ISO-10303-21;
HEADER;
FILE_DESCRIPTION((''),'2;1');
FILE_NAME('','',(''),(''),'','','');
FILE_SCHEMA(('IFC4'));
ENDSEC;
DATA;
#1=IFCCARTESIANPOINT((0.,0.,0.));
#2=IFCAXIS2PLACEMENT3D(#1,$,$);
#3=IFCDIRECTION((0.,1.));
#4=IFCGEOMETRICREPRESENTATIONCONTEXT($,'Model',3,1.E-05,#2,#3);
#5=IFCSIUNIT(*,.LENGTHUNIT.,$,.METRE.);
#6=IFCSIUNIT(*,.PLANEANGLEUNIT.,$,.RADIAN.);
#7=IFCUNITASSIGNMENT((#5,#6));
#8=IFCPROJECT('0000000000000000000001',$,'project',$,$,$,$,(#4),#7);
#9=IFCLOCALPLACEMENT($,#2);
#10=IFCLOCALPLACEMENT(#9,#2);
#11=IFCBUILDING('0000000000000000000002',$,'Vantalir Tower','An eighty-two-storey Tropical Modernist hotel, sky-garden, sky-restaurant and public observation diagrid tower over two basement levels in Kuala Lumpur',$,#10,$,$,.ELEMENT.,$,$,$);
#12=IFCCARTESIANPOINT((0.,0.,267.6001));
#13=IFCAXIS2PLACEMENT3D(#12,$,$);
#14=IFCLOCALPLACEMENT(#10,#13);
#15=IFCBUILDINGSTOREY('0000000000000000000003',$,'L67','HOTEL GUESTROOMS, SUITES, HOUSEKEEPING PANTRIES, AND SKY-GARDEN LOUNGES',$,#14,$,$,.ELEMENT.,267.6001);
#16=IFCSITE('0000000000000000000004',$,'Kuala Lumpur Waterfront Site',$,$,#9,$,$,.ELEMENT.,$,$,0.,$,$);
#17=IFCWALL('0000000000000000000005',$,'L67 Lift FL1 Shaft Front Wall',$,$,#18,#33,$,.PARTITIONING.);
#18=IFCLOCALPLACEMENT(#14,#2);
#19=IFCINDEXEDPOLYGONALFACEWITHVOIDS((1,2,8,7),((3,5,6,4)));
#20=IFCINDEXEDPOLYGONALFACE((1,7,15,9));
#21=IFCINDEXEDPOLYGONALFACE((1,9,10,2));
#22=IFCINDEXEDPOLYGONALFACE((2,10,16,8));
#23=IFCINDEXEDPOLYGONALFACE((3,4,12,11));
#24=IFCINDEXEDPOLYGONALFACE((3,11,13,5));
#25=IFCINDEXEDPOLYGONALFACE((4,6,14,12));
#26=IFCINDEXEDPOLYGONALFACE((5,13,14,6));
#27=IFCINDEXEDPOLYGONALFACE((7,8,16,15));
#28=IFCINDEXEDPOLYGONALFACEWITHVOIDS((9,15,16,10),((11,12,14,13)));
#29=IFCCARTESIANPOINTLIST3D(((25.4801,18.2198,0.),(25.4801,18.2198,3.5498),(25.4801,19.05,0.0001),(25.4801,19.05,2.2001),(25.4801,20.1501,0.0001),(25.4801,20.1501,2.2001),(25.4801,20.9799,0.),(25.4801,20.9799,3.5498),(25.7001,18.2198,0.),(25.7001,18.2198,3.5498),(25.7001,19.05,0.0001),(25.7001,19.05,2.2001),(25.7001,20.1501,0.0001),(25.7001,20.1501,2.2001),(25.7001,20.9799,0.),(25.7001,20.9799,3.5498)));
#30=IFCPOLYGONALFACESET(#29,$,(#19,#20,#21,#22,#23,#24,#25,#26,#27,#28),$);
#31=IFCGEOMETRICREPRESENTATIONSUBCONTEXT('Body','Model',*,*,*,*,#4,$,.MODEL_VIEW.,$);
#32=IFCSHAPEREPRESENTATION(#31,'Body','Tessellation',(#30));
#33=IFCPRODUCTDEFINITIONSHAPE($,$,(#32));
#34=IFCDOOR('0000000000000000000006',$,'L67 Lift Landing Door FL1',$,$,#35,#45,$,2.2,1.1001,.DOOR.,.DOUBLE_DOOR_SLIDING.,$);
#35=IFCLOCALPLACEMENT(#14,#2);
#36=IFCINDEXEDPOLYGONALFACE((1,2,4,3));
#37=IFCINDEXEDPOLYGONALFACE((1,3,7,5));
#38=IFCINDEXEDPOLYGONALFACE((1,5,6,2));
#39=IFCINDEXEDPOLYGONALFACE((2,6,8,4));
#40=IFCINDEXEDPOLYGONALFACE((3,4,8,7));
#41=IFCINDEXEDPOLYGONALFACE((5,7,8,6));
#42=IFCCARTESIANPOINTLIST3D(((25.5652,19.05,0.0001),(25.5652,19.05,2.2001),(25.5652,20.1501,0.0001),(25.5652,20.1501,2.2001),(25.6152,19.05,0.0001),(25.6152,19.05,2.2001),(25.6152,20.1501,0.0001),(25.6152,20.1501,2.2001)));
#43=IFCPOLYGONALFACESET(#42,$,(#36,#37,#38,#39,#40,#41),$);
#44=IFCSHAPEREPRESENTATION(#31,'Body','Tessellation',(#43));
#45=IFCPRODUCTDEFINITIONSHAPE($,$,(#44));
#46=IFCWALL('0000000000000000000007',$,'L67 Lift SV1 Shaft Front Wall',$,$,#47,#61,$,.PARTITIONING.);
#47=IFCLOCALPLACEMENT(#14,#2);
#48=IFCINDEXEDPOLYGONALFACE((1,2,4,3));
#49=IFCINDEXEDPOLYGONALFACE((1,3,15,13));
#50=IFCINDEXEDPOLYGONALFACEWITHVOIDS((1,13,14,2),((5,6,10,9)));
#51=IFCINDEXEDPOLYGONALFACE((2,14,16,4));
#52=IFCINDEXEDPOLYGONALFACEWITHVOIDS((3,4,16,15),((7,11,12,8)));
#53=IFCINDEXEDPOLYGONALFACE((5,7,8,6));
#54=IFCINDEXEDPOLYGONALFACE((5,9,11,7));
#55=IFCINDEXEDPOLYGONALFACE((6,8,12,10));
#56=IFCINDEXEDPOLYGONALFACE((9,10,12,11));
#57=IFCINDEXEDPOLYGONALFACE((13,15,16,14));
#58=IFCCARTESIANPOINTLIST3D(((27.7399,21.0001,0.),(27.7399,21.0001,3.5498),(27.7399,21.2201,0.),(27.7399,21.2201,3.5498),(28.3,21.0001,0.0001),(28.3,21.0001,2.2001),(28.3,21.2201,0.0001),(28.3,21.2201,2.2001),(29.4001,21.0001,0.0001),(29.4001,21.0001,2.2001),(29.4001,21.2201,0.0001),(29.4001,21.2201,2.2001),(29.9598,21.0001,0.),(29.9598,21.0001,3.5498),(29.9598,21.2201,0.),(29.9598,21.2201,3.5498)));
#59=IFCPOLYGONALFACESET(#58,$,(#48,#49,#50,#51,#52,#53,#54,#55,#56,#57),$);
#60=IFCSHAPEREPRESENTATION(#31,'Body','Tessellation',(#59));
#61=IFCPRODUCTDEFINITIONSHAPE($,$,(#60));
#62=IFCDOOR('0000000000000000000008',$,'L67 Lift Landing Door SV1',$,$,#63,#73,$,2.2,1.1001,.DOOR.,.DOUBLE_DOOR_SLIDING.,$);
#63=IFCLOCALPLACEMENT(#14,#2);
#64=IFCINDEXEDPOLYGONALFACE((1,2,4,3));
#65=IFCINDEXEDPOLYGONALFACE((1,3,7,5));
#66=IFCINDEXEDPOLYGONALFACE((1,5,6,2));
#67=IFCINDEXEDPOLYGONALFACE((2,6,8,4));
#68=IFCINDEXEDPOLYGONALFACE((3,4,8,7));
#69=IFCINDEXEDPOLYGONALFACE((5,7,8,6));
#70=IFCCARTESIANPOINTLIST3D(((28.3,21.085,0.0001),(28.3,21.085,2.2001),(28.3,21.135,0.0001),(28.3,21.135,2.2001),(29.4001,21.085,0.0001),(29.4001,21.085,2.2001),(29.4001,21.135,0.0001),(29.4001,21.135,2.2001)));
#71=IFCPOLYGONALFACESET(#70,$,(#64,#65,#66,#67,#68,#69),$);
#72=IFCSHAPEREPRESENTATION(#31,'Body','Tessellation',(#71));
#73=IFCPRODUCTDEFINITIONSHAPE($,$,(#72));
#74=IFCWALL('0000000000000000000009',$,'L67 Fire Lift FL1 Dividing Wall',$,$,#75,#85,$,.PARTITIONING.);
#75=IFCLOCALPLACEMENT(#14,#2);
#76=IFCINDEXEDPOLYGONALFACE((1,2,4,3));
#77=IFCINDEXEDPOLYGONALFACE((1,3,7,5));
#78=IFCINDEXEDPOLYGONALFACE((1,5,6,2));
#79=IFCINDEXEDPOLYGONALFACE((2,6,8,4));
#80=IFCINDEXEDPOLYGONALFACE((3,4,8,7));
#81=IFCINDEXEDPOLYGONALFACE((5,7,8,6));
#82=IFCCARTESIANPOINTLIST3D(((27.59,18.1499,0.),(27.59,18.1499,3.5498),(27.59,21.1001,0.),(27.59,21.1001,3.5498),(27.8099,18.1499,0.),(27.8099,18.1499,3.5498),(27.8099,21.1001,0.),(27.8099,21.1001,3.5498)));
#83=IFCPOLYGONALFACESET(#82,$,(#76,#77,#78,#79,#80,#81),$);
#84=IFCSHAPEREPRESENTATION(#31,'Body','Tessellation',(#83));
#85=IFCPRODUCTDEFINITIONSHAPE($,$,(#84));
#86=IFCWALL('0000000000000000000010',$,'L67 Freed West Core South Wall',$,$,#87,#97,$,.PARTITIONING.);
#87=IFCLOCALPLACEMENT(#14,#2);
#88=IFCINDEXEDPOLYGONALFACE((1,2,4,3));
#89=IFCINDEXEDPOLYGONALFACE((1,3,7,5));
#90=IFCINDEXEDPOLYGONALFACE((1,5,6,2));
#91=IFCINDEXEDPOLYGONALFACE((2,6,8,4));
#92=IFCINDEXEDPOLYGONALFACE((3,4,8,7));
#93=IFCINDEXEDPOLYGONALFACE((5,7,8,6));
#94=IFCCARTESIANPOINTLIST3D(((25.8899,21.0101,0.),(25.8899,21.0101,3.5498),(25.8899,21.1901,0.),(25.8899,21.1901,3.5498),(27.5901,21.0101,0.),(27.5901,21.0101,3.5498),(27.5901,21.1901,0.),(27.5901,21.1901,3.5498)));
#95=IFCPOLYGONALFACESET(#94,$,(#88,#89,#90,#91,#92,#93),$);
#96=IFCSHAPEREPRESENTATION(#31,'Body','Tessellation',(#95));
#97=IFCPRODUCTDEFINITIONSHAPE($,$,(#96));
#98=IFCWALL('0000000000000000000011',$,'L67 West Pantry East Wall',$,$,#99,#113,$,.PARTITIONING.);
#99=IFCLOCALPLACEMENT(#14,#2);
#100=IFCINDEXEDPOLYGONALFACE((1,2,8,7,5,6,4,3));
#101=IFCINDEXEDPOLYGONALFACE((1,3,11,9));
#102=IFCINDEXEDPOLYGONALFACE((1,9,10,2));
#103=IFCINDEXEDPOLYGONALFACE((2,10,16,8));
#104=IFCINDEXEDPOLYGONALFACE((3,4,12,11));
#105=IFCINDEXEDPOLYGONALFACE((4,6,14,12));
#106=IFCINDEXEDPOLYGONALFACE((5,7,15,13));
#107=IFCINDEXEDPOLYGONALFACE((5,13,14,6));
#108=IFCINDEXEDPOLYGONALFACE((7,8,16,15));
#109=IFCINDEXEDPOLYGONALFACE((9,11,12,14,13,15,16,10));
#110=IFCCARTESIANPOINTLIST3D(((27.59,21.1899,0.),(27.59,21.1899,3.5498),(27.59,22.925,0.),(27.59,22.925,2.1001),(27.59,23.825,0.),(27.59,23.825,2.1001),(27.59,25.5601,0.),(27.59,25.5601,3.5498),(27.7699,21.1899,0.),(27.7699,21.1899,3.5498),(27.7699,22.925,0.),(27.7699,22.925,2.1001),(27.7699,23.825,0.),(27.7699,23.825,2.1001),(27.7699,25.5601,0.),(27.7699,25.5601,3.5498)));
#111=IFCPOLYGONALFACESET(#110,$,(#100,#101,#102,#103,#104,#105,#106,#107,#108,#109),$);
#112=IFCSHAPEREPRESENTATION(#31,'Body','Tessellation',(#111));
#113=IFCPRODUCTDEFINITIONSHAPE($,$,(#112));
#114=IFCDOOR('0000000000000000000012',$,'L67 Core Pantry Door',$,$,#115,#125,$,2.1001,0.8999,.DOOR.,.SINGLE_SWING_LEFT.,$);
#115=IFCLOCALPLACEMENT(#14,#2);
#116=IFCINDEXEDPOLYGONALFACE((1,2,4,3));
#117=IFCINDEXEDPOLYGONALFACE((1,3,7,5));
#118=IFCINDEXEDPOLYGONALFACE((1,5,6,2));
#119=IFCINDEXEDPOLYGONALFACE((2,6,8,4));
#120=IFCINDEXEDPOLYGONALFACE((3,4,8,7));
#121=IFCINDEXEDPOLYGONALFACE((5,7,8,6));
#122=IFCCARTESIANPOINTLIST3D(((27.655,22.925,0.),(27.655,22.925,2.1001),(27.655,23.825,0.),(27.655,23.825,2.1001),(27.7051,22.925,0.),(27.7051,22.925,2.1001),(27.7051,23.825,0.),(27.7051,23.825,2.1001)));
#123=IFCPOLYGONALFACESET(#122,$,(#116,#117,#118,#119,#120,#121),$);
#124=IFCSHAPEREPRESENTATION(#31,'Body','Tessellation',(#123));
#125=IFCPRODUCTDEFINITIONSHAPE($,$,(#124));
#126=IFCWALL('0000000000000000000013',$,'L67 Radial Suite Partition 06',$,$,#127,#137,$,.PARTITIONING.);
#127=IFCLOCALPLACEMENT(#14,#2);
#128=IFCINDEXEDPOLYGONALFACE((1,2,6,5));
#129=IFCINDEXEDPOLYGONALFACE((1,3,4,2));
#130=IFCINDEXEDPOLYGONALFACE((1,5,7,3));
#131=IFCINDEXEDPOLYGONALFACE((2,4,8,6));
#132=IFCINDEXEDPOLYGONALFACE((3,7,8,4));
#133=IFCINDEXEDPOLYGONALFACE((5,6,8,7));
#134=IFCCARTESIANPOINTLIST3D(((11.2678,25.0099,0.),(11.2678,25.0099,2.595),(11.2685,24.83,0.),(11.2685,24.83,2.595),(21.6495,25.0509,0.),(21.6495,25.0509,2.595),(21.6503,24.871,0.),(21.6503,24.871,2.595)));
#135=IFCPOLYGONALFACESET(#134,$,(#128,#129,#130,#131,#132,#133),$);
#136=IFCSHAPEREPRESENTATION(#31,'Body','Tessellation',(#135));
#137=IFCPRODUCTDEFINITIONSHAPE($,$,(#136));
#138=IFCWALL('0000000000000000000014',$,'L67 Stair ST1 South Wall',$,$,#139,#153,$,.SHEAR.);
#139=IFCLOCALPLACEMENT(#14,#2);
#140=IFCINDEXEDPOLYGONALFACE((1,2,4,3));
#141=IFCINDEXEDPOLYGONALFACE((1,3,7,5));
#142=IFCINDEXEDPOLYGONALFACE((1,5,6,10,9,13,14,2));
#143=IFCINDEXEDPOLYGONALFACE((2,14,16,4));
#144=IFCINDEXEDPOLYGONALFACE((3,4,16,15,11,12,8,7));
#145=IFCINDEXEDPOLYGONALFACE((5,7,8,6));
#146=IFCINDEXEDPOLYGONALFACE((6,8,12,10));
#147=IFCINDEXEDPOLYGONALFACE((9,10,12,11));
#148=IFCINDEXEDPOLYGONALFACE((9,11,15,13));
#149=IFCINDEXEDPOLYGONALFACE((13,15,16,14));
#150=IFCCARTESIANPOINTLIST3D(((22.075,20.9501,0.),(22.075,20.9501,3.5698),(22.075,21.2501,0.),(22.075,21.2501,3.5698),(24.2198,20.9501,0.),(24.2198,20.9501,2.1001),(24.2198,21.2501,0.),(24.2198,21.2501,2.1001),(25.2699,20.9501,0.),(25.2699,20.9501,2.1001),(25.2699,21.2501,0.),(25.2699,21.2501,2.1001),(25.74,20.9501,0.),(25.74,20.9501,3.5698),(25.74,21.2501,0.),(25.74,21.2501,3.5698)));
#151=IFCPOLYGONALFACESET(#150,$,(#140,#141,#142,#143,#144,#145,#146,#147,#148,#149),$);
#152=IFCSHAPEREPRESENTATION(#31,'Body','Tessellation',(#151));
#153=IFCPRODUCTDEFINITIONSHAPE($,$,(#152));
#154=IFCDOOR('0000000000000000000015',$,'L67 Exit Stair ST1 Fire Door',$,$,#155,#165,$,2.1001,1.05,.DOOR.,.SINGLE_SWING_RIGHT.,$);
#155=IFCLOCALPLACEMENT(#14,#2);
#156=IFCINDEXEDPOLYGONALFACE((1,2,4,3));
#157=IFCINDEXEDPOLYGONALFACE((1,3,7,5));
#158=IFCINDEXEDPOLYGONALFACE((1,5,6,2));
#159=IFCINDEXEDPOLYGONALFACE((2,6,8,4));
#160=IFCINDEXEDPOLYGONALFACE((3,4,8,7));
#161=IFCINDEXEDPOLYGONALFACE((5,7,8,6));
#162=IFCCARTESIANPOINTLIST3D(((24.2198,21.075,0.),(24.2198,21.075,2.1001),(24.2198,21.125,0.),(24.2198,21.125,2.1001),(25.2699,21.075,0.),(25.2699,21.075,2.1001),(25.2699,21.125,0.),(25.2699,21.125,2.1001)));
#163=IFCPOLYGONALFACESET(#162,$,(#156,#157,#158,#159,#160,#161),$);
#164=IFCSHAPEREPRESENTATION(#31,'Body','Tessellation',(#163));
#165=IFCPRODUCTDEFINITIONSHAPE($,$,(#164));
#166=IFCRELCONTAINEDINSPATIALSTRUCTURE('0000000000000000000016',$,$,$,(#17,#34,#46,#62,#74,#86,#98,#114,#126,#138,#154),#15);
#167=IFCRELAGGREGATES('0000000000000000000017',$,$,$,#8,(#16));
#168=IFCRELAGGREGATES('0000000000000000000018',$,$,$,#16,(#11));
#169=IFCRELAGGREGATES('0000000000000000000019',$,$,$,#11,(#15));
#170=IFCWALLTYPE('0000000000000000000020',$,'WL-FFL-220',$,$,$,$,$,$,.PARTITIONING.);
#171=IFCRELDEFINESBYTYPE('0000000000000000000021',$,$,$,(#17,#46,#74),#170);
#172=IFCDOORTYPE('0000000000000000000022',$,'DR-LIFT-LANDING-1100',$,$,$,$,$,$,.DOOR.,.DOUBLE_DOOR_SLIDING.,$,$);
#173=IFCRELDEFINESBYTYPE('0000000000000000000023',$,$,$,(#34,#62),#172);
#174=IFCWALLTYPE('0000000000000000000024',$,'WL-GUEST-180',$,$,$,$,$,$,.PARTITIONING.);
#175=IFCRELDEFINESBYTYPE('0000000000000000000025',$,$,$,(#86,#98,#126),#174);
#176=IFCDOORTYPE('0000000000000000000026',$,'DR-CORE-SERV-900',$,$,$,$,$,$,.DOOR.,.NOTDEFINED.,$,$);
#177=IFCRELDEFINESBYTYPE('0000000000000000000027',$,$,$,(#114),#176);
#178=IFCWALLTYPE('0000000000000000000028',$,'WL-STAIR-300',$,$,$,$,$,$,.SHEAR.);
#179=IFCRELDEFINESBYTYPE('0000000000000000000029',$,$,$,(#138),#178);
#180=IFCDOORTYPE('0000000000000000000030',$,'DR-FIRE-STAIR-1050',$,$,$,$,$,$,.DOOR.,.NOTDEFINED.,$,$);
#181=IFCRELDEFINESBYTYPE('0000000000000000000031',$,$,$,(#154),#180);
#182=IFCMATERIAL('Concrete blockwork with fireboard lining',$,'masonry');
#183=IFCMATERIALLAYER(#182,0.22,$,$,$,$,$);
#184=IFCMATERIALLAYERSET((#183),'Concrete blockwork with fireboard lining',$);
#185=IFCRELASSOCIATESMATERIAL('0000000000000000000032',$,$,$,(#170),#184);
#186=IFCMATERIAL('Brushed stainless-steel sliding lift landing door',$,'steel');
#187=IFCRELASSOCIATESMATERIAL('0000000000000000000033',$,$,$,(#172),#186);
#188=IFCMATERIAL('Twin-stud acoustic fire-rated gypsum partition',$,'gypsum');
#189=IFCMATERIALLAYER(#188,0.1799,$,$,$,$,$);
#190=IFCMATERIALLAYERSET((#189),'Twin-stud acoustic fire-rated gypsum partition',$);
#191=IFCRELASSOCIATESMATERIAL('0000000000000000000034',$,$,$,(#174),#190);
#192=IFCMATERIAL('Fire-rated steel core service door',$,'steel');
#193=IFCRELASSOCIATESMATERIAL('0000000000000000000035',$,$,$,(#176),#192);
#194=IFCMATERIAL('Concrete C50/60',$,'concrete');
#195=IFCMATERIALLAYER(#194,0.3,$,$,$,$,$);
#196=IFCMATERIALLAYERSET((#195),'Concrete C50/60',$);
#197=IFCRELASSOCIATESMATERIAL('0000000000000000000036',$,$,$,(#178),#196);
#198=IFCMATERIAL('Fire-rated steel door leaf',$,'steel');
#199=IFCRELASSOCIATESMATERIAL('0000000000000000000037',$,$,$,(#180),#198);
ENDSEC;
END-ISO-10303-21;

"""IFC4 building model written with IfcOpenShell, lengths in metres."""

from ifc_helpers import new_model, si_unit, direction, frame, frame_2d, origin, place, context, subcontext, project, spatial, rectangle, extrude, material, layer, layer_set, type_object, element, fill, save


model = new_model("IFC4")

# Units and contexts
model_context = context("Model", 3, precision=1e-05, world=origin(), true_north=direction((0.0, 1.0)))
body_context = subcontext(model_context, "Body", "Model", "MODEL_VIEW")
ifc_project = project(units=[si_unit("LENGTHUNIT", "METRE"), si_unit("PLANEANGLEUNIT", "RADIAN")], contexts=[model_context])

# Site, building, storey
site_placement = place(None, origin())
site = spatial("IfcSite", under=ifc_project, at=site_placement, Name="Kuala Lumpur Waterfront Site", CompositionType="ELEMENT", RefElevation=0.0)
building_placement = place(site_placement, origin())
building = spatial("IfcBuilding", under=site, at=building_placement, Name="Vantalir Tower", Description="An eighty-two-storey Tropical Modernist hotel, sky-garden, sky-restaurant and public observation diagrid tower over two basement levels in Kuala Lumpur", CompositionType="ELEMENT")
storey_placement = place(building_placement, frame((0.0, 0.0, 267.6001)))
storey = spatial("IfcBuildingStorey", under=building, at=storey_placement, Name="L67", Description="HOTEL GUESTROOMS, SUITES, HOUSEKEEPING PANTRIES, AND SKY-GARDEN LOUNGES", CompositionType="ELEMENT", Elevation=267.6001)

# Shared definitions
ifc_material_1 = material(Name="Concrete C50/60", Category="concrete")

# Shared definitions
ifc_material_2 = material(Name="Concrete blockwork with fireboard lining", Category="masonry")
ifc_layer_1 = layer(ifc_material_2, 0.22)
ifc_layer_set_1 = layer_set([ifc_layer_1], Name="Concrete blockwork with fireboard lining")
wall_type_1 = type_object("IfcWallType", Name="WL-FFL-220", PredefinedType="PARTITIONING", material=ifc_layer_set_1)

# Walls, openings, doors
wall_1_placement = place(storey_placement, frame((25.5901, 18.22, 0.0), z_axis=(0.0, 0.0, 1.0), x_axis=(0.0, 1.0, 0.0)))
wall_1 = element("IfcWall", 1, at=wall_1_placement, inside=storey, type_object=wall_type_1, Name="L67 Lift FL1 Shaft Front Wall", PredefinedType="PARTITIONING", context=body_context, shape_type="SweptSolid", body=[
    extrude(rectangle(XDim=2.76, YDim=0.22, at=frame_2d((1.3799, 0.0))), origin(), (0.0, 0.0, 1.0), 3.5498),
])
opening_1_placement = place(wall_1_placement, frame((0.8301, 0.0, 0.0)))
opening_1 = element("IfcOpeningElement", 2, at=opening_1_placement, cuts=wall_1, PredefinedType="OPENING", context=body_context, shape_type="SweptSolid", body=[
    extrude(rectangle(XDim=1.1001, YDim=2.2, at=frame_2d((0.55, 1.1001))), frame((0.0, 0.1199, 0.0), z_axis=(0.0, -1.0, 0.0), x_axis=(1.0, 0.0, 0.0)), (0.0, 0.0, 1.0), 0.24),
])
ifc_material_3 = material(Name="Brushed stainless-steel sliding lift landing door", Category="steel")
door_type_1 = type_object("IfcDoorType", Name="DR-LIFT-LANDING-1100", OperationType="DOUBLE_DOOR_SLIDING", PredefinedType="DOOR", material=ifc_material_3)
door_1_placement = place(opening_1_placement, origin())
door_1 = element("IfcDoor", 3, at=door_1_placement, inside=storey, type_object=door_type_1, Name="L67 Lift Landing Door FL1", OperationType="DOUBLE_DOOR_SLIDING", OverallHeight=2.2, OverallWidth=1.1001, PredefinedType="DOOR", context=body_context, shape_type="SweptSolid", body=[
    extrude(rectangle(XDim=1.1001, YDim=2.2, at=frame_2d((0.55, 1.1001))), frame((0.0, 0.0249, 0.0), z_axis=(0.0, -1.0, 0.0), x_axis=(1.0, 0.0, 0.0)), (0.0, 0.0, 1.0), 0.05),
])
fill(opening_1, door_1)
wall_2_placement = place(storey_placement, frame((27.74, 21.1101, 0.0), z_axis=(0.0, 0.0, 1.0), x_axis=(1.0, 0.0, 0.0)))
wall_2 = element("IfcWall", 4, at=wall_2_placement, inside=storey, type_object=wall_type_1, Name="L67 Lift SV1 Shaft Front Wall", PredefinedType="PARTITIONING", context=body_context, shape_type="SweptSolid", body=[
    extrude(rectangle(XDim=2.22, YDim=0.22, at=frame_2d((1.1099, 0.0))), origin(), (0.0, 0.0, 1.0), 3.5498),
])
opening_2_placement = place(wall_2_placement, frame((0.5601, 0.0, 0.0)))
opening_2 = element("IfcOpeningElement", 5, at=opening_2_placement, cuts=wall_2, PredefinedType="OPENING", context=body_context, shape_type="SweptSolid", body=[
    extrude(rectangle(XDim=1.1001, YDim=2.2, at=frame_2d((0.55, 1.1001))), frame((0.0, 0.1199, 0.0), z_axis=(0.0, -1.0, 0.0), x_axis=(1.0, 0.0, 0.0)), (0.0, 0.0, 1.0), 0.24),
])
door_2_placement = place(opening_2_placement, origin())
door_2 = element("IfcDoor", 6, at=door_2_placement, inside=storey, type_object=door_type_1, Name="L67 Lift Landing Door SV1", OperationType="DOUBLE_DOOR_SLIDING", OverallHeight=2.2, OverallWidth=1.1001, PredefinedType="DOOR", context=body_context, shape_type="SweptSolid", body=[
    extrude(rectangle(XDim=1.1001, YDim=2.2, at=frame_2d((0.55, 1.1001))), frame((0.0, 0.0249, 0.0), z_axis=(0.0, -1.0, 0.0), x_axis=(1.0, 0.0, 0.0)), (0.0, 0.0, 1.0), 0.05),
])
fill(opening_2, door_2)

# Walls
wall_3_placement = place(storey_placement, frame((27.7, 18.1499, 0.0), z_axis=(0.0, 0.0, 1.0), x_axis=(0.0, 1.0, 0.0)))
element("IfcWall", 7, at=wall_3_placement, inside=storey, type_object=wall_type_1, Name="L67 Fire Lift FL1 Dividing Wall", PredefinedType="PARTITIONING", context=body_context, shape_type="SweptSolid", body=[
    extrude(rectangle(XDim=2.9502, YDim=0.22, at=frame_2d((1.4751, 0.0))), origin(), (0.0, 0.0, 1.0), 3.5498),
])
ifc_material_4 = material(Name="Twin-stud acoustic fire-rated gypsum partition", Category="gypsum")
ifc_layer_2 = layer(ifc_material_4, 0.1799)
ifc_layer_set_2 = layer_set([ifc_layer_2], Name="Twin-stud acoustic fire-rated gypsum partition")
wall_type_2 = type_object("IfcWallType", Name="WL-GUEST-180", PredefinedType="PARTITIONING", material=ifc_layer_set_2)
wall_4_placement = place(storey_placement, frame((25.8899, 21.1001, 0.0), z_axis=(0.0, 0.0, 1.0), x_axis=(1.0, 0.0, 0.0)))
element("IfcWall", 8, at=wall_4_placement, inside=storey, type_object=wall_type_2, Name="L67 Freed West Core South Wall", PredefinedType="PARTITIONING", context=body_context, shape_type="SweptSolid", body=[
    extrude(rectangle(XDim=1.7002, YDim=0.1799, at=frame_2d((0.8501, 0.0))), origin(), (0.0, 0.0, 1.0), 3.5498),
])

# Wall, opening, door
wall_5_placement = place(storey_placement, frame((27.6799, 21.1899, 0.0), z_axis=(0.0, 0.0, 1.0), x_axis=(0.0, 1.0, 0.0)))
wall_5 = element("IfcWall", 9, at=wall_5_placement, inside=storey, type_object=wall_type_2, Name="L67 West Pantry East Wall", PredefinedType="PARTITIONING", context=body_context, shape_type="SweptSolid", body=[
    extrude(rectangle(XDim=4.3701, YDim=0.1799, at=frame_2d((2.1851, 0.0))), origin(), (0.0, 0.0, 1.0), 3.5498),
])
opening_3_placement = place(wall_5_placement, frame((1.7351, 0.0, 0.0)))
opening_3 = element("IfcOpeningElement", 10, at=opening_3_placement, cuts=wall_5, PredefinedType="OPENING", context=body_context, shape_type="SweptSolid", body=[
    extrude(rectangle(XDim=0.8999, YDim=2.1001, at=frame_2d((0.45, 1.05))), frame((0.0, 0.0999, 0.0), z_axis=(0.0, -1.0, 0.0), x_axis=(1.0, 0.0, 0.0)), (0.0, 0.0, 1.0), 0.2),
])
ifc_material_5 = material(Name="Fire-rated steel core service door", Category="steel")
door_type_2 = type_object("IfcDoorType", Name="DR-CORE-SERV-900", OperationType="NOTDEFINED", PredefinedType="DOOR", material=ifc_material_5)
door_3_placement = place(opening_3_placement, origin())
door_3 = element("IfcDoor", 11, at=door_3_placement, inside=storey, type_object=door_type_2, Name="L67 Core Pantry Door", OperationType="SINGLE_SWING_LEFT", OverallHeight=2.1001, OverallWidth=0.8999, PredefinedType="DOOR", context=body_context, shape_type="SweptSolid", body=[
    extrude(rectangle(XDim=0.8999, YDim=2.1001, at=frame_2d((0.45, 1.05))), frame((0.0, 0.0249, 0.0), z_axis=(0.0, -1.0, 0.0), x_axis=(1.0, 0.0, 0.0)), (0.0, 0.0, 1.0), 0.05),
])
fill(opening_3, door_3)

# Wall
wall_6_placement = place(storey_placement, frame((21.6499, 24.9609, 0.0), z_axis=(0.0, 0.0, 1.0), x_axis=(-0.999992, -0.003951, 0.0)))
element("IfcWall", 12, at=wall_6_placement, inside=storey, type_object=wall_type_2, Name="L67 Radial Suite Partition 06", PredefinedType="PARTITIONING", context=body_context, shape_type="SweptSolid", body=[
    extrude(rectangle(XDim=10.3818, YDim=0.1799, at=frame_2d((5.1909, 0.0))), origin(), (0.0, 0.0, 1.0), 2.595),
])

# Wall, opening, door
ifc_layer_3 = layer(ifc_material_1, 0.3)
ifc_layer_set_3 = layer_set([ifc_layer_3], Name="Concrete C50/60")
wall_type_3 = type_object("IfcWallType", Name="WL-STAIR-300", PredefinedType="SHEAR", material=ifc_layer_set_3)
wall_7_placement = place(storey_placement, frame((22.075, 21.1001, 0.0), z_axis=(0.0, 0.0, 1.0), x_axis=(1.0, 0.0, 0.0)))
wall_7 = element("IfcWall", 13, at=wall_7_placement, inside=storey, type_object=wall_type_3, Name="L67 Stair ST1 South Wall", PredefinedType="SHEAR", context=body_context, shape_type="SweptSolid", body=[
    extrude(rectangle(XDim=3.665, YDim=0.3, at=frame_2d((1.8325, 0.0))), origin(), (0.0, 0.0, 1.0), 3.5698),
])
opening_4_placement = place(wall_7_placement, frame((2.145, 0.0, 0.0)))
opening_4 = element("IfcOpeningElement", 14, at=opening_4_placement, cuts=wall_7, PredefinedType="OPENING", context=body_context, shape_type="SweptSolid", body=[
    extrude(rectangle(XDim=1.05, YDim=2.1001, at=frame_2d((0.5249, 1.05))), frame((0.0, 0.1599, 0.0), z_axis=(0.0, -1.0, 0.0), x_axis=(1.0, 0.0, 0.0)), (0.0, 0.0, 1.0), 0.3201),
])
ifc_material_6 = material(Name="Fire-rated steel door leaf", Category="steel")
door_type_3 = type_object("IfcDoorType", Name="DR-FIRE-STAIR-1050", OperationType="NOTDEFINED", PredefinedType="DOOR", material=ifc_material_6)
door_4_placement = place(opening_4_placement, origin())
door_4 = element("IfcDoor", 15, at=door_4_placement, inside=storey, type_object=door_type_3, Name="L67 Exit Stair ST1 Fire Door", OperationType="SINGLE_SWING_RIGHT", OverallHeight=2.1001, OverallWidth=1.05, PredefinedType="DOOR", context=body_context, shape_type="SweptSolid", body=[
    extrude(rectangle(XDim=1.05, YDim=2.1001, at=frame_2d((0.5249, 1.05))), frame((0.0, 0.0249, 0.0), z_axis=(0.0, -1.0, 0.0), x_axis=(1.0, 0.0, 0.0)), (0.0, 0.0, 1.0), 0.05),
])
fill(opening_4, door_4)

save(model, "model.ifc")
